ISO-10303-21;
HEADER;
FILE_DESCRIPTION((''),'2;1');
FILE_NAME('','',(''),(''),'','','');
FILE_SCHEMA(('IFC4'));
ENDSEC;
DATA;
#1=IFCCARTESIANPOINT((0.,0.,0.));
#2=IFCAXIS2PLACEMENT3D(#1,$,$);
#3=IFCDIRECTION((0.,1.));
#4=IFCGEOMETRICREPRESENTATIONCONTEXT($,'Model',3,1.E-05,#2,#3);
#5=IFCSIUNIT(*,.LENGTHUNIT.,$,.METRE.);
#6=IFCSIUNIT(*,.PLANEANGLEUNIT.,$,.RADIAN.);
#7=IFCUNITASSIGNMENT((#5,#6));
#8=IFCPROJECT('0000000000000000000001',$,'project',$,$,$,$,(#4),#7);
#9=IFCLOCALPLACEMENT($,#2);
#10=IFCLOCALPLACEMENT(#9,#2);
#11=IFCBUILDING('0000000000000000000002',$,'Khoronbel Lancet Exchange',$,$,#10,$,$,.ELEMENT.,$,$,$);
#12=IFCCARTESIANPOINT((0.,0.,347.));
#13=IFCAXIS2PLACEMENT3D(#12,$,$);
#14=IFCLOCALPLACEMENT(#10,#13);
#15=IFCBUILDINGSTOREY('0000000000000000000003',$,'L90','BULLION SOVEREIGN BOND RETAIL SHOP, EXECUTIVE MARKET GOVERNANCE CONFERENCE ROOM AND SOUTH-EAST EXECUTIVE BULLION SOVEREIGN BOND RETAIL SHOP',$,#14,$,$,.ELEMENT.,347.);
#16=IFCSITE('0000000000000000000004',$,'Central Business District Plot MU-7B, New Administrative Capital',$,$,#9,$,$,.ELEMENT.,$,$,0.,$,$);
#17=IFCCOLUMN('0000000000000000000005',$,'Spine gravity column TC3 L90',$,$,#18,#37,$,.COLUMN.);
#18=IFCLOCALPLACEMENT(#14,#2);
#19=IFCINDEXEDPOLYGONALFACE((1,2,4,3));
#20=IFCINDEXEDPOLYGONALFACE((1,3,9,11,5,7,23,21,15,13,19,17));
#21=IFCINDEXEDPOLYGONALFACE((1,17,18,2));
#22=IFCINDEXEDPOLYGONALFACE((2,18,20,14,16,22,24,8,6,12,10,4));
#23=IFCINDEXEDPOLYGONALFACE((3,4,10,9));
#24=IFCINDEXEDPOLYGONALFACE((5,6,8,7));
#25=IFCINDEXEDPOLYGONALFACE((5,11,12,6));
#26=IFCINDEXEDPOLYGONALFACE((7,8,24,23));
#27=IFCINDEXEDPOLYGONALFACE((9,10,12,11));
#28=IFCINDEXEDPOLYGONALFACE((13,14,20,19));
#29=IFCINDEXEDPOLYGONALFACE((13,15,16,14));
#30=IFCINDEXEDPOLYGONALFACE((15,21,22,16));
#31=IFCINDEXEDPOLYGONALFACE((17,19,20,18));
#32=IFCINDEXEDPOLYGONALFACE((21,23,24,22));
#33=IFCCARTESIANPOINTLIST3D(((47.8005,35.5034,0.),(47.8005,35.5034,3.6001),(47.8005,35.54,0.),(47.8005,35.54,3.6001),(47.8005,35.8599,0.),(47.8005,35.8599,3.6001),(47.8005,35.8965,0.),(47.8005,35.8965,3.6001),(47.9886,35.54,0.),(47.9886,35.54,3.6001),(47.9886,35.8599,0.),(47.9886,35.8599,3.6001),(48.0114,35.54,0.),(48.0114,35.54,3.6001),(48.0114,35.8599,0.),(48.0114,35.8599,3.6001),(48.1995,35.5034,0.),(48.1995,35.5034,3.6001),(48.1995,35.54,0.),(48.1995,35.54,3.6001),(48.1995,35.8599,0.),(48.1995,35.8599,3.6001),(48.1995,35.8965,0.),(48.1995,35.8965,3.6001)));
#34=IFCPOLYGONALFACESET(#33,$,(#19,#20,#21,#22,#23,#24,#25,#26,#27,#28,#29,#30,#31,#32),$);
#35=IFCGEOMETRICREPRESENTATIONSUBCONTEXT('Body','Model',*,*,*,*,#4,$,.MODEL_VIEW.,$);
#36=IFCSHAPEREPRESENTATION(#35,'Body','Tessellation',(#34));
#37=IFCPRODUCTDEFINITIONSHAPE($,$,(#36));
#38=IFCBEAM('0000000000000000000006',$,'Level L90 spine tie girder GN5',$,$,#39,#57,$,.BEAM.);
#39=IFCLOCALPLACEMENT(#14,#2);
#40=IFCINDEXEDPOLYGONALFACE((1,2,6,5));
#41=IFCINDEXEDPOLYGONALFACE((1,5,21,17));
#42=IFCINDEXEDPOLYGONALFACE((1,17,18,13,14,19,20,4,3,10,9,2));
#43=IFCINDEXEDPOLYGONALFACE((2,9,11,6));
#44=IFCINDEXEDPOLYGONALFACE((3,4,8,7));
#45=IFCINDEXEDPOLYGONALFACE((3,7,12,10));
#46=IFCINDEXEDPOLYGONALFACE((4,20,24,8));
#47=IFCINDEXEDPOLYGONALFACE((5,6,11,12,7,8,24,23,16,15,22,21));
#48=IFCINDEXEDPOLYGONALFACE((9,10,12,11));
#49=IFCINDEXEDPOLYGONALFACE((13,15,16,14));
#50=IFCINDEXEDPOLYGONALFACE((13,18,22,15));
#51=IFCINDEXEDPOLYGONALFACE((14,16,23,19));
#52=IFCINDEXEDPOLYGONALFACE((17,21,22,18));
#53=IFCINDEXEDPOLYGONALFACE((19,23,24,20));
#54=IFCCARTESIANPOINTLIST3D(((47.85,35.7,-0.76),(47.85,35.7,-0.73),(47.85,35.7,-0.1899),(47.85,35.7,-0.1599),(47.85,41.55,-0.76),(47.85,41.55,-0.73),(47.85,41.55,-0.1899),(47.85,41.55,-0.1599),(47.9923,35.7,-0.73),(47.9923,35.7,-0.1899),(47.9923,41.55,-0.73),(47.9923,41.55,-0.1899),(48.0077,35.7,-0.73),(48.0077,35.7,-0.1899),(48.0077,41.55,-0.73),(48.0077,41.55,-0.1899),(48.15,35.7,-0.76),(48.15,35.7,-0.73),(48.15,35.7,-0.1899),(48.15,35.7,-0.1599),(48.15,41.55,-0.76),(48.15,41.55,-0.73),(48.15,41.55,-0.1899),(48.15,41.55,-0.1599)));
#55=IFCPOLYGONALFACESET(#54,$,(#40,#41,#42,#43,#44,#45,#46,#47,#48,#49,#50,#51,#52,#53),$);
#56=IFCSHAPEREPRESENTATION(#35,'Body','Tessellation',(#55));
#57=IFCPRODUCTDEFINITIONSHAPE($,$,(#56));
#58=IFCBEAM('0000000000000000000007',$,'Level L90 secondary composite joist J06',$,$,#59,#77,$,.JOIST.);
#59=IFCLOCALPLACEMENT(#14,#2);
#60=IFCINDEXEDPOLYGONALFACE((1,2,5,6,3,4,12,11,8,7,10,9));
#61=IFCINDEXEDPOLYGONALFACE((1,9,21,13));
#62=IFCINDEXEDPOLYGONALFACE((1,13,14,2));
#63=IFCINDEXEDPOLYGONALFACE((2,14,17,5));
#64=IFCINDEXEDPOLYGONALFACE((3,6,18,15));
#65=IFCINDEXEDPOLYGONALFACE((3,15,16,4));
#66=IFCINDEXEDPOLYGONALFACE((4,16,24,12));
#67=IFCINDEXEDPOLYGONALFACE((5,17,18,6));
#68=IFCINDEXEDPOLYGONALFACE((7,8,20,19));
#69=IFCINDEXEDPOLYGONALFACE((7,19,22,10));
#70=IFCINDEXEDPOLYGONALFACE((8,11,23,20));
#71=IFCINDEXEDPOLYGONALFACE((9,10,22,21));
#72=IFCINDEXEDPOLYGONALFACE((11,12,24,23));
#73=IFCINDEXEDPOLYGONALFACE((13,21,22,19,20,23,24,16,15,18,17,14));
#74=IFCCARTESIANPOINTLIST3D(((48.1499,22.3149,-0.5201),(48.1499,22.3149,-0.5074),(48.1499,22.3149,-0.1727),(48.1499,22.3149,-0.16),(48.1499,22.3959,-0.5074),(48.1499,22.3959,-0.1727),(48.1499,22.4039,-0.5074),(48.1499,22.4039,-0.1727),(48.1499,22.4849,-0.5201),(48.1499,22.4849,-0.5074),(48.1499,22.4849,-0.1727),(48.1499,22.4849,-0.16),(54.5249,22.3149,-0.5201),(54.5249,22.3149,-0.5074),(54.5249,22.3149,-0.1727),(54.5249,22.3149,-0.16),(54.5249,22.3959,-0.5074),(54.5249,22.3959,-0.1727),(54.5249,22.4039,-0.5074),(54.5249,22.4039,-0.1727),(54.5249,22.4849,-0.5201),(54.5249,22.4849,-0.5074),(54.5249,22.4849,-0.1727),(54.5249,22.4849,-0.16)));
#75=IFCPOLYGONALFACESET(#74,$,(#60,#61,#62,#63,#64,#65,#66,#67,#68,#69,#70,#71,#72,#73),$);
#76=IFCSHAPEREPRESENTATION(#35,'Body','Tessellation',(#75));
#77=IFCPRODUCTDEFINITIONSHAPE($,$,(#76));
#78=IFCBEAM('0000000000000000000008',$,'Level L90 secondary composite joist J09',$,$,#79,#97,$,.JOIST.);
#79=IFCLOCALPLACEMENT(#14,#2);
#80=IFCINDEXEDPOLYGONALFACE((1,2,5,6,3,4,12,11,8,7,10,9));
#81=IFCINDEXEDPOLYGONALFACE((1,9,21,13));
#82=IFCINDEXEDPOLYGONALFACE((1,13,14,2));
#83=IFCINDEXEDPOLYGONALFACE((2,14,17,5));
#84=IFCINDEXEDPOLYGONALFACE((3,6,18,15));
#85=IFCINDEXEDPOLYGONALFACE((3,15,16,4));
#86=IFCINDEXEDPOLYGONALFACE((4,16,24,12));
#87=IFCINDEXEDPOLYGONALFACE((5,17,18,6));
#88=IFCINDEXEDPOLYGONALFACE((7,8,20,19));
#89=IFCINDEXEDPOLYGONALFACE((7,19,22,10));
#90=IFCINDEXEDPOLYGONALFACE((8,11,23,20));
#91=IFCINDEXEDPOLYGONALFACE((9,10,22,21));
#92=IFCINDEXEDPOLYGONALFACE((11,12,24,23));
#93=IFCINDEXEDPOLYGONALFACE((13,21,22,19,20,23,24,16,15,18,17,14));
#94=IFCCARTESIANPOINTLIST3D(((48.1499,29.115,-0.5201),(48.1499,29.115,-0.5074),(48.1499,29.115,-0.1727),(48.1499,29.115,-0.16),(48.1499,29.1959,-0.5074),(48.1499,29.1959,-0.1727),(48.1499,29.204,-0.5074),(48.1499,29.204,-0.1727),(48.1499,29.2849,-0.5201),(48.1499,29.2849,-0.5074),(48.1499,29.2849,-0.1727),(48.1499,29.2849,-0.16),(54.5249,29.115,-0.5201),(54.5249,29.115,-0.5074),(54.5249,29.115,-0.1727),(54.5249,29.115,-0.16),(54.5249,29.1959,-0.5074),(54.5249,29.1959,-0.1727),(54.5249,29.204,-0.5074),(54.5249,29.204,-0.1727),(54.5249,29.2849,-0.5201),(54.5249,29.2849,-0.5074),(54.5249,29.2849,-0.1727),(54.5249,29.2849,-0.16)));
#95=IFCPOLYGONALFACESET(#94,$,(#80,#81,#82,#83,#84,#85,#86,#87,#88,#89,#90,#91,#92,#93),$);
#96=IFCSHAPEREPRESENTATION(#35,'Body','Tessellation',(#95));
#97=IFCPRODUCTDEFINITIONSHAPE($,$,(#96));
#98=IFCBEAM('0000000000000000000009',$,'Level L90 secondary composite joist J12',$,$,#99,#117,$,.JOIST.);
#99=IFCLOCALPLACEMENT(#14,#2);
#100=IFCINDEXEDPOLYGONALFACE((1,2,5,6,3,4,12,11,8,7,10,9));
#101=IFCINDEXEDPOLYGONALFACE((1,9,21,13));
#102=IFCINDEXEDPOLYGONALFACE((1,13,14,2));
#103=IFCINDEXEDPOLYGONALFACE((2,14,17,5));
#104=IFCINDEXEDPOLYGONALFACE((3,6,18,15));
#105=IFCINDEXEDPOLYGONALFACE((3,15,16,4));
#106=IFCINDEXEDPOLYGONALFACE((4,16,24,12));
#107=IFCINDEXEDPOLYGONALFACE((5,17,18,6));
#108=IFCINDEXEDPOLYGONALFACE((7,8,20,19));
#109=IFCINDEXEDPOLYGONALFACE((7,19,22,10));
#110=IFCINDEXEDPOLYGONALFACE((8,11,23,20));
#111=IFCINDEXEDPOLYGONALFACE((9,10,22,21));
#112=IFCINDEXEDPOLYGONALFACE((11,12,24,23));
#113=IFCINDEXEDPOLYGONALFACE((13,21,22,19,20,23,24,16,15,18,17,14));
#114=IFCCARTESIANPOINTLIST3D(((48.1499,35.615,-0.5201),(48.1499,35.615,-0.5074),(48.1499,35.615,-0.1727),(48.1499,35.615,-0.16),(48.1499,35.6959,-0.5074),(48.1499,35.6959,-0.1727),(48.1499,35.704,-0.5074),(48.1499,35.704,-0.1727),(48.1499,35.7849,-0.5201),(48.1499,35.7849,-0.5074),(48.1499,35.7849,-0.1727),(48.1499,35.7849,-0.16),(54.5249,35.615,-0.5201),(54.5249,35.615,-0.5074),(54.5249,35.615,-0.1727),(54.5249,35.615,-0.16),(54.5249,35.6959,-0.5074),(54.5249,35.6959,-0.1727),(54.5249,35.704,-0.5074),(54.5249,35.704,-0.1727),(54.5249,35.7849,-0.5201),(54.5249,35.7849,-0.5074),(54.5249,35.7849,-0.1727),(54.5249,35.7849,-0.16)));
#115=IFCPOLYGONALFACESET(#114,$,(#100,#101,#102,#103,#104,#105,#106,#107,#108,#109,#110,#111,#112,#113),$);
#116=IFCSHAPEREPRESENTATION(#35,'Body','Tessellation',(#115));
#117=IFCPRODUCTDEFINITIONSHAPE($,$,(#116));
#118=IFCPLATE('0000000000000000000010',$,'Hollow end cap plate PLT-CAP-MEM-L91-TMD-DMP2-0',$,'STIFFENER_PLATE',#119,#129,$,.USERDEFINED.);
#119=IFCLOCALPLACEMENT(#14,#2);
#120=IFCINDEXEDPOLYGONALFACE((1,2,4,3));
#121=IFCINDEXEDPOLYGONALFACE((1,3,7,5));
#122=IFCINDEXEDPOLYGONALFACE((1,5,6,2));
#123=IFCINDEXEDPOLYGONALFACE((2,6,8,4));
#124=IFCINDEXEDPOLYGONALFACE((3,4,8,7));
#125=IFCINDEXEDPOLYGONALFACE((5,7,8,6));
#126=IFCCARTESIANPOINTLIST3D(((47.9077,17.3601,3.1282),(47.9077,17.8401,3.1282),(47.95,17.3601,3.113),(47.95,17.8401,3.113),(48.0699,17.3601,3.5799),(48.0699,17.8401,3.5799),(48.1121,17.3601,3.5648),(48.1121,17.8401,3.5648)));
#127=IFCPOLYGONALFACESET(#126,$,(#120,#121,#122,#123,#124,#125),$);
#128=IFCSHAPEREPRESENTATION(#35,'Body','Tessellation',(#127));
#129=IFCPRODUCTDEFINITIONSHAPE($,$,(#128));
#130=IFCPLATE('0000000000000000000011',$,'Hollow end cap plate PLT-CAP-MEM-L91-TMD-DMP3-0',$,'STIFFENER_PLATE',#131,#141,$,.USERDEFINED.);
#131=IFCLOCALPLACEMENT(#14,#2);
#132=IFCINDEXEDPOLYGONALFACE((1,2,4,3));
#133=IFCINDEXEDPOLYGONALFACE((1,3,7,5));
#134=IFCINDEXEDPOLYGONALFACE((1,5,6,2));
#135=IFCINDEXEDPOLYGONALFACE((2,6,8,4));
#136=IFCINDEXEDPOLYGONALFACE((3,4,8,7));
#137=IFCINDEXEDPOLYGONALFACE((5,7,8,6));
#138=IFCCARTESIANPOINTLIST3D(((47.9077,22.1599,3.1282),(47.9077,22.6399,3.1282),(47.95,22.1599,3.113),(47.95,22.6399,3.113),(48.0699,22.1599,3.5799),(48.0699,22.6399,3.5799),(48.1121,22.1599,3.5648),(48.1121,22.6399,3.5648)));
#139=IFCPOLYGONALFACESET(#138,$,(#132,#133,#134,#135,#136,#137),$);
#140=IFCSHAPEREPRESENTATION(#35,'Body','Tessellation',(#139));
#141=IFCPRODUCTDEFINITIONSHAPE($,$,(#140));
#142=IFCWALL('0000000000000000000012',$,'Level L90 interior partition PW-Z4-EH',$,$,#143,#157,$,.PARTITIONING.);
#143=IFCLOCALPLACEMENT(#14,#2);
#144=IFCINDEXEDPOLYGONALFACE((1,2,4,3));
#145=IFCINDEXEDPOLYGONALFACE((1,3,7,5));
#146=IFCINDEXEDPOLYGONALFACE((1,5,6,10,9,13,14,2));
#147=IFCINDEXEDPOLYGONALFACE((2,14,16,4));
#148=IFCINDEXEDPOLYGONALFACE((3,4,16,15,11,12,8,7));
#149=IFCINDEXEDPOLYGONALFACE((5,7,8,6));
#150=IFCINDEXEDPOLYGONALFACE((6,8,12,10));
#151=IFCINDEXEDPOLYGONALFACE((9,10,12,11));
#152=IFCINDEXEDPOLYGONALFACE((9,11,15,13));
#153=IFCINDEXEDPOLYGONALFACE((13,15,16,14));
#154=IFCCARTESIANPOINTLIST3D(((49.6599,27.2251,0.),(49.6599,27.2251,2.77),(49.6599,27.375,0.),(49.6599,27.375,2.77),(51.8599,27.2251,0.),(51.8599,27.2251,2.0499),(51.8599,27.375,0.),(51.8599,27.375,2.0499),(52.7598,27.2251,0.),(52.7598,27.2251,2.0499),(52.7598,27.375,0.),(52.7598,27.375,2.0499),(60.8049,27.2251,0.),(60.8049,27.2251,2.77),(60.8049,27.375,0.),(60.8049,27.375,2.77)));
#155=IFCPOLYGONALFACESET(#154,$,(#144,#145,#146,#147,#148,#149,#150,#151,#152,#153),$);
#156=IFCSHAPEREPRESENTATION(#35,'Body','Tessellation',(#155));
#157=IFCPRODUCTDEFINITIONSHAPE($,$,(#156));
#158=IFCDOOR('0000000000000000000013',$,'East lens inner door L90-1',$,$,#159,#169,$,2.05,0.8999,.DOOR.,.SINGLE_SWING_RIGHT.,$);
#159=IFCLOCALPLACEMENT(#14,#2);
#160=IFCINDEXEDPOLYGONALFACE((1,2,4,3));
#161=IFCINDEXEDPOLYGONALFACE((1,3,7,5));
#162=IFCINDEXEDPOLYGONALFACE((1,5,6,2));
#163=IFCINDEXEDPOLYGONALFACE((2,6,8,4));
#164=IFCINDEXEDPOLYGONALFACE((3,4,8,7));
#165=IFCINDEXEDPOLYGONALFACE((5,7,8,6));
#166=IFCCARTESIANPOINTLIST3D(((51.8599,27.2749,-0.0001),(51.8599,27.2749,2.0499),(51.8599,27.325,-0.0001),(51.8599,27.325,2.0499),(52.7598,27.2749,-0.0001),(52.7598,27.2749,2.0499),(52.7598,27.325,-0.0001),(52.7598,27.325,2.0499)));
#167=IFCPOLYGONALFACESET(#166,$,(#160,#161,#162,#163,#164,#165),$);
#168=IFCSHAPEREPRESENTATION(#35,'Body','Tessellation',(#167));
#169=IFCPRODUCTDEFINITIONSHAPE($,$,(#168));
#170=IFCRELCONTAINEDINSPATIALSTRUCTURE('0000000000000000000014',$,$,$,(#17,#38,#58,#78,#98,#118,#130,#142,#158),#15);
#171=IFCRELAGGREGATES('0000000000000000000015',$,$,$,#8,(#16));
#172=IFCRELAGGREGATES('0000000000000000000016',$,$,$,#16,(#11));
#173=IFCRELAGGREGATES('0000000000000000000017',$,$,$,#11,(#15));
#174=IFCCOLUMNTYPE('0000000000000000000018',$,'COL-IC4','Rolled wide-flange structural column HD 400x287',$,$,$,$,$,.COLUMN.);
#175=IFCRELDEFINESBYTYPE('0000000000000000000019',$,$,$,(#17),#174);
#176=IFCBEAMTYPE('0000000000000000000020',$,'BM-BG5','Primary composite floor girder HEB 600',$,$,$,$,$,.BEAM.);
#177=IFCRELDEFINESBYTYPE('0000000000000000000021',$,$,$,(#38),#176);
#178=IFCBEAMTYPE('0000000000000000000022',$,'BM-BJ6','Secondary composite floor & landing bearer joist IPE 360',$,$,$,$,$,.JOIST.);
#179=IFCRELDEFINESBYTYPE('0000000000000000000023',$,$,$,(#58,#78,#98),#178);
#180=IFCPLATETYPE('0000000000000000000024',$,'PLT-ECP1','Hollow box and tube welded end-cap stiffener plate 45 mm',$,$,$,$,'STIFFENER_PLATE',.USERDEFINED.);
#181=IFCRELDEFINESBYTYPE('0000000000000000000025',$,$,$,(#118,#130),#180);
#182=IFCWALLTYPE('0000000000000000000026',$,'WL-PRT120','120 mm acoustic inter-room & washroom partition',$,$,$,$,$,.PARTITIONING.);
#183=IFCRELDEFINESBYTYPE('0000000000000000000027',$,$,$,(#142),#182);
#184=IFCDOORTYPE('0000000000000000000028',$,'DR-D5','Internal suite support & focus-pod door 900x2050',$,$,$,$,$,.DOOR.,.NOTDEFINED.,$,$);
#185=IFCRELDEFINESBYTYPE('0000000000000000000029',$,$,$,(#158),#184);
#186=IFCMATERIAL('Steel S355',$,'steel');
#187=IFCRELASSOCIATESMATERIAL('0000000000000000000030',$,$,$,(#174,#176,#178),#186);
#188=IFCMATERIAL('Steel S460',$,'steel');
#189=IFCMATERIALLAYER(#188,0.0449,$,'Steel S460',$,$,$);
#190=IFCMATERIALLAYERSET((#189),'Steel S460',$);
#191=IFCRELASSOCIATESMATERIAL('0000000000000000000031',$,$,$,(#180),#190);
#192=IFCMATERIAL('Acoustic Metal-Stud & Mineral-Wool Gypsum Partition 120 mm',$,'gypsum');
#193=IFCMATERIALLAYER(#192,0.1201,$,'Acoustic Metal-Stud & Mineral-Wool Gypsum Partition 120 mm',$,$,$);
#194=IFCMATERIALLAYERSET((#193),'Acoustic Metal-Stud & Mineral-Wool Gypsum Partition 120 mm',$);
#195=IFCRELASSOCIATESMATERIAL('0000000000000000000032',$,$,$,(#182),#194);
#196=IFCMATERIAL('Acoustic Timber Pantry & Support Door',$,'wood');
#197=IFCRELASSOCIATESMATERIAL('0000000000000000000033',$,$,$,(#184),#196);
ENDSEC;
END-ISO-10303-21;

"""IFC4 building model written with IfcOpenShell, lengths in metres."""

from ifc_helpers import new_model, si_unit, direction, frame, frame_2d, origin, origin_2d, place, context, subcontext, project, spatial, polyline, rectangle, i_section, outline, extrude, material, layer, layer_set, material_profile, profile_set, type_object, element, fill, save


model = new_model("IFC4")

# Units and contexts
model_context = context("Model", 3, precision=1e-05, world=origin(), true_north=direction((0.0, 1.0)))
body_context = subcontext(model_context, "Body", "Model", "MODEL_VIEW")
ifc_project = project(units=[si_unit("LENGTHUNIT", "METRE"), si_unit("PLANEANGLEUNIT", "RADIAN")], contexts=[model_context])

# Site, building, storey
site_placement = place(None, origin())
site = spatial("IfcSite", under=ifc_project, at=site_placement, Name="Central Business District Plot MU-7B, New Administrative Capital", CompositionType="ELEMENT", RefElevation=0.0)
building_placement = place(site_placement, origin())
building = spatial("IfcBuilding", under=site, at=building_placement, Name="Khoronbel Lancet Exchange", CompositionType="ELEMENT")
storey_placement = place(building_placement, frame((0.0, 0.0, 347.0)))
storey = spatial("IfcBuildingStorey", under=building, at=storey_placement, Name="L90", Description="BULLION SOVEREIGN BOND RETAIL SHOP, EXECUTIVE MARKET GOVERNANCE CONFERENCE ROOM AND SOUTH-EAST EXECUTIVE BULLION SOVEREIGN BOND RETAIL SHOP", CompositionType="ELEMENT", Elevation=347.0)

# Column
ifc_material_1 = material(Name="Steel S355", Category="steel")
ifc_material_profile_1 = material_profile(ifc_material_1, i_section(OverallWidth=0.3989, OverallDepth=0.3931, WebThickness=0.0227, FlangeThickness=0.0366, at=origin_2d()), Name="HD 400x287")
ifc_profile_set_1 = profile_set([ifc_material_profile_1], Name="Steel S355")
column_type = type_object("IfcColumnType", Name="COL-IC4", Description="Rolled wide-flange structural column HD 400x287", PredefinedType="COLUMN", material=ifc_profile_set_1)
column_placement = place(storey_placement, frame((48.0, 35.7, 0.0), z_axis=(0.0, 0.0, 1.0), x_axis=(1.0, 0.0, 0.0)))
element("IfcColumn", 1, at=column_placement, inside=storey, type_object=column_type, Name="Spine gravity column TC3 L90", PredefinedType="COLUMN", context=body_context, shape_type="SweptSolid", body=[
    extrude(i_section(OverallWidth=0.3989, OverallDepth=0.3931, WebThickness=0.0227, FlangeThickness=0.0366, at=origin_2d()), origin(), (0.0, 0.0, 1.0), 3.6001),
])

# Beams
ifc_material_profile_2 = material_profile(ifc_material_1, i_section(OverallWidth=0.3, OverallDepth=0.6001, WebThickness=0.0154, FlangeThickness=0.03, at=origin_2d()), Name="HEB 600")
ifc_profile_set_2 = profile_set([ifc_material_profile_2], Name="Steel S355")
beam_type_1 = type_object("IfcBeamType", Name="BM-BG5", Description="Primary composite floor girder HEB 600", PredefinedType="BEAM", material=ifc_profile_set_2)
beam_placement = place(storey_placement, frame((48.0, 35.7, -0.46), z_axis=(0.0, 1.0, 0.0), x_axis=(-1.0, 0.0, 0.0)))
element("IfcBeam", 2, at=beam_placement, inside=storey, type_object=beam_type_1, Name="Level L90 spine tie girder GN5", PredefinedType="BEAM", context=body_context, shape_type="SweptSolid", body=[
    extrude(i_section(OverallWidth=0.3, OverallDepth=0.6001, WebThickness=0.0154, FlangeThickness=0.03, at=origin_2d()), origin(), (0.0, 0.0, 1.0), 5.8501),
])
ifc_material_profile_3 = material_profile(ifc_material_1, i_section(OverallWidth=0.1699, OverallDepth=0.3601, WebThickness=0.0081, FlangeThickness=0.0127, at=origin_2d()), Name="IPE 360")
ifc_profile_set_3 = profile_set([ifc_material_profile_3], Name="Steel S355")
beam_type_2 = type_object("IfcBeamType", Name="BM-BJ6", Description="Secondary composite floor & landing bearer joist IPE 360", PredefinedType="JOIST", material=ifc_profile_set_3)
for number, where, z_axis, x_axis, name in (
    (3, (48.1499, 22.3999, -0.3401), (1.0, 0.0, 0.0), (0.0, 1.0, 0.0), "Level L90 secondary composite joist J06"),
    (4, (48.1499, 29.2, -0.3401), (1.0, 0.0, 0.0), (0.0, 1.0, 0.0), "Level L90 secondary composite joist J09"),
    (5, (48.1499, 35.7, -0.3401), (1.0, 0.0, 0.0), (0.0, 1.0, 0.0), "Level L90 secondary composite joist J12"),
):
    element("IfcBeam", number, at=place(storey_placement, frame(where, z_axis=z_axis, x_axis=x_axis)), inside=storey, type_object=beam_type_2, Name=name, PredefinedType="JOIST", context=body_context, shape_type="SweptSolid", body=[
        extrude(i_section(OverallWidth=0.1699, OverallDepth=0.3601, WebThickness=0.0081, FlangeThickness=0.0127, at=origin_2d()), origin(), (0.0, 0.0, 1.0), 6.375),
    ])

# Plates
ifc_material_2 = material(Name="Steel S460", Category="steel")
ifc_layer_1 = layer(ifc_material_2, 0.0449, Name="Steel S460")
ifc_layer_set_1 = layer_set([ifc_layer_1], Name="Steel S460")
plate_type = type_object("IfcPlateType", Name="PLT-ECP1", Description="Hollow box and tube welded end-cap stiffener plate 45 mm", ElementType="STIFFENER_PLATE", PredefinedType="USERDEFINED", material=ifc_layer_set_1)
for number, where, z_axis, x_axis, name in (
    (6, (47.9077, 17.8401, 3.1282), (-0.941211, 0.0, 0.337819), (0.0, -1.0, 0.0), "Hollow end cap plate PLT-CAP-MEM-L91-TMD-DMP2-0"),
    (7, (47.9077, 22.6399, 3.1282), (-0.941211, 0.0, 0.337819), (0.0, -1.0, 0.0), "Hollow end cap plate PLT-CAP-MEM-L91-TMD-DMP3-0"),
):
    element("IfcPlate", number, at=place(storey_placement, frame(where, z_axis=z_axis, x_axis=x_axis)), inside=storey, type_object=plate_type, Name=name, ObjectType="STIFFENER_PLATE", PredefinedType="USERDEFINED", context=body_context, shape_type="SweptSolid", body=[
        extrude(outline(polyline([(0.0, 0.0), (0.48, 0.0), (0.48, 0.48), (0.0, 0.48), (0.0, 0.0)])), origin(), (0.0, 0.0, -1.0), 0.0449),
    ])

# Wall, opening, door
ifc_material_3 = material(Name="Acoustic Metal-Stud & Mineral-Wool Gypsum Partition 120 mm", Category="gypsum")
ifc_layer_2 = layer(ifc_material_3, 0.1201, Name="Acoustic Metal-Stud & Mineral-Wool Gypsum Partition 120 mm")
ifc_layer_set_2 = layer_set([ifc_layer_2], Name="Acoustic Metal-Stud & Mineral-Wool Gypsum Partition 120 mm")
wall_type_1 = type_object("IfcWallType", Name="WL-PRT120", Description="120 mm acoustic inter-room & washroom partition", PredefinedType="PARTITIONING", material=ifc_layer_set_2)
wall_1_placement = place(storey_placement, frame((49.6599, 27.3, 0.0), z_axis=(0.0, 0.0, 1.0), x_axis=(1.0, 0.0, 0.0)))
wall_1 = element("IfcWall", 8, at=wall_1_placement, inside=storey, type_object=wall_type_1, Name="Level L90 interior partition PW-Z4-EH", PredefinedType="PARTITIONING", context=body_context, shape_type="SweptSolid", body=[
    extrude(rectangle(XDim=11.145, YDim=0.1499, at=frame_2d((5.5725, 0.0))), origin(), (0.0, 0.0, 1.0), 2.77),
])
opening_1_placement = place(wall_1_placement, frame((2.2, 0.0, 0.0)))
opening_1 = element("IfcOpeningElement", 9, at=opening_1_placement, cuts=wall_1, PredefinedType="OPENING", context=body_context, shape_type="SweptSolid", body=[
    extrude(rectangle(XDim=0.8999, YDim=2.05, at=frame_2d((0.45, 1.0249))), frame((0.0, 0.085, 0.0), z_axis=(0.0, -1.0, 0.0), x_axis=(1.0, 0.0, 0.0)), (0.0, 0.0, 1.0), 0.1699),
])
ifc_material_4 = material(Name="Acoustic Timber Pantry & Support Door", Category="wood")
door_type_1 = type_object("IfcDoorType", Name="DR-D5", Description="Internal suite support & focus-pod door 900x2050", OperationType="NOTDEFINED", PredefinedType="DOOR", material=ifc_material_4)
door_1_placement = place(opening_1_placement, origin())
door_1 = element("IfcDoor", 10, at=door_1_placement, inside=storey, type_object=door_type_1, Name="East lens inner door L90-1", OperationType="SINGLE_SWING_RIGHT", OverallHeight=2.05, OverallWidth=0.8999, PredefinedType="DOOR", context=body_context, shape_type="SweptSolid", body=[
    extrude(rectangle(XDim=0.8999, YDim=2.05, at=frame_2d((0.45, 1.0249))), frame((0.0, 0.0249, 0.0), z_axis=(0.0, -1.0, 0.0), x_axis=(1.0, 0.0, 0.0)), (0.0, 0.0, 1.0), 0.05),
])
fill(opening_1, door_1)

save(model, "model.ifc")
